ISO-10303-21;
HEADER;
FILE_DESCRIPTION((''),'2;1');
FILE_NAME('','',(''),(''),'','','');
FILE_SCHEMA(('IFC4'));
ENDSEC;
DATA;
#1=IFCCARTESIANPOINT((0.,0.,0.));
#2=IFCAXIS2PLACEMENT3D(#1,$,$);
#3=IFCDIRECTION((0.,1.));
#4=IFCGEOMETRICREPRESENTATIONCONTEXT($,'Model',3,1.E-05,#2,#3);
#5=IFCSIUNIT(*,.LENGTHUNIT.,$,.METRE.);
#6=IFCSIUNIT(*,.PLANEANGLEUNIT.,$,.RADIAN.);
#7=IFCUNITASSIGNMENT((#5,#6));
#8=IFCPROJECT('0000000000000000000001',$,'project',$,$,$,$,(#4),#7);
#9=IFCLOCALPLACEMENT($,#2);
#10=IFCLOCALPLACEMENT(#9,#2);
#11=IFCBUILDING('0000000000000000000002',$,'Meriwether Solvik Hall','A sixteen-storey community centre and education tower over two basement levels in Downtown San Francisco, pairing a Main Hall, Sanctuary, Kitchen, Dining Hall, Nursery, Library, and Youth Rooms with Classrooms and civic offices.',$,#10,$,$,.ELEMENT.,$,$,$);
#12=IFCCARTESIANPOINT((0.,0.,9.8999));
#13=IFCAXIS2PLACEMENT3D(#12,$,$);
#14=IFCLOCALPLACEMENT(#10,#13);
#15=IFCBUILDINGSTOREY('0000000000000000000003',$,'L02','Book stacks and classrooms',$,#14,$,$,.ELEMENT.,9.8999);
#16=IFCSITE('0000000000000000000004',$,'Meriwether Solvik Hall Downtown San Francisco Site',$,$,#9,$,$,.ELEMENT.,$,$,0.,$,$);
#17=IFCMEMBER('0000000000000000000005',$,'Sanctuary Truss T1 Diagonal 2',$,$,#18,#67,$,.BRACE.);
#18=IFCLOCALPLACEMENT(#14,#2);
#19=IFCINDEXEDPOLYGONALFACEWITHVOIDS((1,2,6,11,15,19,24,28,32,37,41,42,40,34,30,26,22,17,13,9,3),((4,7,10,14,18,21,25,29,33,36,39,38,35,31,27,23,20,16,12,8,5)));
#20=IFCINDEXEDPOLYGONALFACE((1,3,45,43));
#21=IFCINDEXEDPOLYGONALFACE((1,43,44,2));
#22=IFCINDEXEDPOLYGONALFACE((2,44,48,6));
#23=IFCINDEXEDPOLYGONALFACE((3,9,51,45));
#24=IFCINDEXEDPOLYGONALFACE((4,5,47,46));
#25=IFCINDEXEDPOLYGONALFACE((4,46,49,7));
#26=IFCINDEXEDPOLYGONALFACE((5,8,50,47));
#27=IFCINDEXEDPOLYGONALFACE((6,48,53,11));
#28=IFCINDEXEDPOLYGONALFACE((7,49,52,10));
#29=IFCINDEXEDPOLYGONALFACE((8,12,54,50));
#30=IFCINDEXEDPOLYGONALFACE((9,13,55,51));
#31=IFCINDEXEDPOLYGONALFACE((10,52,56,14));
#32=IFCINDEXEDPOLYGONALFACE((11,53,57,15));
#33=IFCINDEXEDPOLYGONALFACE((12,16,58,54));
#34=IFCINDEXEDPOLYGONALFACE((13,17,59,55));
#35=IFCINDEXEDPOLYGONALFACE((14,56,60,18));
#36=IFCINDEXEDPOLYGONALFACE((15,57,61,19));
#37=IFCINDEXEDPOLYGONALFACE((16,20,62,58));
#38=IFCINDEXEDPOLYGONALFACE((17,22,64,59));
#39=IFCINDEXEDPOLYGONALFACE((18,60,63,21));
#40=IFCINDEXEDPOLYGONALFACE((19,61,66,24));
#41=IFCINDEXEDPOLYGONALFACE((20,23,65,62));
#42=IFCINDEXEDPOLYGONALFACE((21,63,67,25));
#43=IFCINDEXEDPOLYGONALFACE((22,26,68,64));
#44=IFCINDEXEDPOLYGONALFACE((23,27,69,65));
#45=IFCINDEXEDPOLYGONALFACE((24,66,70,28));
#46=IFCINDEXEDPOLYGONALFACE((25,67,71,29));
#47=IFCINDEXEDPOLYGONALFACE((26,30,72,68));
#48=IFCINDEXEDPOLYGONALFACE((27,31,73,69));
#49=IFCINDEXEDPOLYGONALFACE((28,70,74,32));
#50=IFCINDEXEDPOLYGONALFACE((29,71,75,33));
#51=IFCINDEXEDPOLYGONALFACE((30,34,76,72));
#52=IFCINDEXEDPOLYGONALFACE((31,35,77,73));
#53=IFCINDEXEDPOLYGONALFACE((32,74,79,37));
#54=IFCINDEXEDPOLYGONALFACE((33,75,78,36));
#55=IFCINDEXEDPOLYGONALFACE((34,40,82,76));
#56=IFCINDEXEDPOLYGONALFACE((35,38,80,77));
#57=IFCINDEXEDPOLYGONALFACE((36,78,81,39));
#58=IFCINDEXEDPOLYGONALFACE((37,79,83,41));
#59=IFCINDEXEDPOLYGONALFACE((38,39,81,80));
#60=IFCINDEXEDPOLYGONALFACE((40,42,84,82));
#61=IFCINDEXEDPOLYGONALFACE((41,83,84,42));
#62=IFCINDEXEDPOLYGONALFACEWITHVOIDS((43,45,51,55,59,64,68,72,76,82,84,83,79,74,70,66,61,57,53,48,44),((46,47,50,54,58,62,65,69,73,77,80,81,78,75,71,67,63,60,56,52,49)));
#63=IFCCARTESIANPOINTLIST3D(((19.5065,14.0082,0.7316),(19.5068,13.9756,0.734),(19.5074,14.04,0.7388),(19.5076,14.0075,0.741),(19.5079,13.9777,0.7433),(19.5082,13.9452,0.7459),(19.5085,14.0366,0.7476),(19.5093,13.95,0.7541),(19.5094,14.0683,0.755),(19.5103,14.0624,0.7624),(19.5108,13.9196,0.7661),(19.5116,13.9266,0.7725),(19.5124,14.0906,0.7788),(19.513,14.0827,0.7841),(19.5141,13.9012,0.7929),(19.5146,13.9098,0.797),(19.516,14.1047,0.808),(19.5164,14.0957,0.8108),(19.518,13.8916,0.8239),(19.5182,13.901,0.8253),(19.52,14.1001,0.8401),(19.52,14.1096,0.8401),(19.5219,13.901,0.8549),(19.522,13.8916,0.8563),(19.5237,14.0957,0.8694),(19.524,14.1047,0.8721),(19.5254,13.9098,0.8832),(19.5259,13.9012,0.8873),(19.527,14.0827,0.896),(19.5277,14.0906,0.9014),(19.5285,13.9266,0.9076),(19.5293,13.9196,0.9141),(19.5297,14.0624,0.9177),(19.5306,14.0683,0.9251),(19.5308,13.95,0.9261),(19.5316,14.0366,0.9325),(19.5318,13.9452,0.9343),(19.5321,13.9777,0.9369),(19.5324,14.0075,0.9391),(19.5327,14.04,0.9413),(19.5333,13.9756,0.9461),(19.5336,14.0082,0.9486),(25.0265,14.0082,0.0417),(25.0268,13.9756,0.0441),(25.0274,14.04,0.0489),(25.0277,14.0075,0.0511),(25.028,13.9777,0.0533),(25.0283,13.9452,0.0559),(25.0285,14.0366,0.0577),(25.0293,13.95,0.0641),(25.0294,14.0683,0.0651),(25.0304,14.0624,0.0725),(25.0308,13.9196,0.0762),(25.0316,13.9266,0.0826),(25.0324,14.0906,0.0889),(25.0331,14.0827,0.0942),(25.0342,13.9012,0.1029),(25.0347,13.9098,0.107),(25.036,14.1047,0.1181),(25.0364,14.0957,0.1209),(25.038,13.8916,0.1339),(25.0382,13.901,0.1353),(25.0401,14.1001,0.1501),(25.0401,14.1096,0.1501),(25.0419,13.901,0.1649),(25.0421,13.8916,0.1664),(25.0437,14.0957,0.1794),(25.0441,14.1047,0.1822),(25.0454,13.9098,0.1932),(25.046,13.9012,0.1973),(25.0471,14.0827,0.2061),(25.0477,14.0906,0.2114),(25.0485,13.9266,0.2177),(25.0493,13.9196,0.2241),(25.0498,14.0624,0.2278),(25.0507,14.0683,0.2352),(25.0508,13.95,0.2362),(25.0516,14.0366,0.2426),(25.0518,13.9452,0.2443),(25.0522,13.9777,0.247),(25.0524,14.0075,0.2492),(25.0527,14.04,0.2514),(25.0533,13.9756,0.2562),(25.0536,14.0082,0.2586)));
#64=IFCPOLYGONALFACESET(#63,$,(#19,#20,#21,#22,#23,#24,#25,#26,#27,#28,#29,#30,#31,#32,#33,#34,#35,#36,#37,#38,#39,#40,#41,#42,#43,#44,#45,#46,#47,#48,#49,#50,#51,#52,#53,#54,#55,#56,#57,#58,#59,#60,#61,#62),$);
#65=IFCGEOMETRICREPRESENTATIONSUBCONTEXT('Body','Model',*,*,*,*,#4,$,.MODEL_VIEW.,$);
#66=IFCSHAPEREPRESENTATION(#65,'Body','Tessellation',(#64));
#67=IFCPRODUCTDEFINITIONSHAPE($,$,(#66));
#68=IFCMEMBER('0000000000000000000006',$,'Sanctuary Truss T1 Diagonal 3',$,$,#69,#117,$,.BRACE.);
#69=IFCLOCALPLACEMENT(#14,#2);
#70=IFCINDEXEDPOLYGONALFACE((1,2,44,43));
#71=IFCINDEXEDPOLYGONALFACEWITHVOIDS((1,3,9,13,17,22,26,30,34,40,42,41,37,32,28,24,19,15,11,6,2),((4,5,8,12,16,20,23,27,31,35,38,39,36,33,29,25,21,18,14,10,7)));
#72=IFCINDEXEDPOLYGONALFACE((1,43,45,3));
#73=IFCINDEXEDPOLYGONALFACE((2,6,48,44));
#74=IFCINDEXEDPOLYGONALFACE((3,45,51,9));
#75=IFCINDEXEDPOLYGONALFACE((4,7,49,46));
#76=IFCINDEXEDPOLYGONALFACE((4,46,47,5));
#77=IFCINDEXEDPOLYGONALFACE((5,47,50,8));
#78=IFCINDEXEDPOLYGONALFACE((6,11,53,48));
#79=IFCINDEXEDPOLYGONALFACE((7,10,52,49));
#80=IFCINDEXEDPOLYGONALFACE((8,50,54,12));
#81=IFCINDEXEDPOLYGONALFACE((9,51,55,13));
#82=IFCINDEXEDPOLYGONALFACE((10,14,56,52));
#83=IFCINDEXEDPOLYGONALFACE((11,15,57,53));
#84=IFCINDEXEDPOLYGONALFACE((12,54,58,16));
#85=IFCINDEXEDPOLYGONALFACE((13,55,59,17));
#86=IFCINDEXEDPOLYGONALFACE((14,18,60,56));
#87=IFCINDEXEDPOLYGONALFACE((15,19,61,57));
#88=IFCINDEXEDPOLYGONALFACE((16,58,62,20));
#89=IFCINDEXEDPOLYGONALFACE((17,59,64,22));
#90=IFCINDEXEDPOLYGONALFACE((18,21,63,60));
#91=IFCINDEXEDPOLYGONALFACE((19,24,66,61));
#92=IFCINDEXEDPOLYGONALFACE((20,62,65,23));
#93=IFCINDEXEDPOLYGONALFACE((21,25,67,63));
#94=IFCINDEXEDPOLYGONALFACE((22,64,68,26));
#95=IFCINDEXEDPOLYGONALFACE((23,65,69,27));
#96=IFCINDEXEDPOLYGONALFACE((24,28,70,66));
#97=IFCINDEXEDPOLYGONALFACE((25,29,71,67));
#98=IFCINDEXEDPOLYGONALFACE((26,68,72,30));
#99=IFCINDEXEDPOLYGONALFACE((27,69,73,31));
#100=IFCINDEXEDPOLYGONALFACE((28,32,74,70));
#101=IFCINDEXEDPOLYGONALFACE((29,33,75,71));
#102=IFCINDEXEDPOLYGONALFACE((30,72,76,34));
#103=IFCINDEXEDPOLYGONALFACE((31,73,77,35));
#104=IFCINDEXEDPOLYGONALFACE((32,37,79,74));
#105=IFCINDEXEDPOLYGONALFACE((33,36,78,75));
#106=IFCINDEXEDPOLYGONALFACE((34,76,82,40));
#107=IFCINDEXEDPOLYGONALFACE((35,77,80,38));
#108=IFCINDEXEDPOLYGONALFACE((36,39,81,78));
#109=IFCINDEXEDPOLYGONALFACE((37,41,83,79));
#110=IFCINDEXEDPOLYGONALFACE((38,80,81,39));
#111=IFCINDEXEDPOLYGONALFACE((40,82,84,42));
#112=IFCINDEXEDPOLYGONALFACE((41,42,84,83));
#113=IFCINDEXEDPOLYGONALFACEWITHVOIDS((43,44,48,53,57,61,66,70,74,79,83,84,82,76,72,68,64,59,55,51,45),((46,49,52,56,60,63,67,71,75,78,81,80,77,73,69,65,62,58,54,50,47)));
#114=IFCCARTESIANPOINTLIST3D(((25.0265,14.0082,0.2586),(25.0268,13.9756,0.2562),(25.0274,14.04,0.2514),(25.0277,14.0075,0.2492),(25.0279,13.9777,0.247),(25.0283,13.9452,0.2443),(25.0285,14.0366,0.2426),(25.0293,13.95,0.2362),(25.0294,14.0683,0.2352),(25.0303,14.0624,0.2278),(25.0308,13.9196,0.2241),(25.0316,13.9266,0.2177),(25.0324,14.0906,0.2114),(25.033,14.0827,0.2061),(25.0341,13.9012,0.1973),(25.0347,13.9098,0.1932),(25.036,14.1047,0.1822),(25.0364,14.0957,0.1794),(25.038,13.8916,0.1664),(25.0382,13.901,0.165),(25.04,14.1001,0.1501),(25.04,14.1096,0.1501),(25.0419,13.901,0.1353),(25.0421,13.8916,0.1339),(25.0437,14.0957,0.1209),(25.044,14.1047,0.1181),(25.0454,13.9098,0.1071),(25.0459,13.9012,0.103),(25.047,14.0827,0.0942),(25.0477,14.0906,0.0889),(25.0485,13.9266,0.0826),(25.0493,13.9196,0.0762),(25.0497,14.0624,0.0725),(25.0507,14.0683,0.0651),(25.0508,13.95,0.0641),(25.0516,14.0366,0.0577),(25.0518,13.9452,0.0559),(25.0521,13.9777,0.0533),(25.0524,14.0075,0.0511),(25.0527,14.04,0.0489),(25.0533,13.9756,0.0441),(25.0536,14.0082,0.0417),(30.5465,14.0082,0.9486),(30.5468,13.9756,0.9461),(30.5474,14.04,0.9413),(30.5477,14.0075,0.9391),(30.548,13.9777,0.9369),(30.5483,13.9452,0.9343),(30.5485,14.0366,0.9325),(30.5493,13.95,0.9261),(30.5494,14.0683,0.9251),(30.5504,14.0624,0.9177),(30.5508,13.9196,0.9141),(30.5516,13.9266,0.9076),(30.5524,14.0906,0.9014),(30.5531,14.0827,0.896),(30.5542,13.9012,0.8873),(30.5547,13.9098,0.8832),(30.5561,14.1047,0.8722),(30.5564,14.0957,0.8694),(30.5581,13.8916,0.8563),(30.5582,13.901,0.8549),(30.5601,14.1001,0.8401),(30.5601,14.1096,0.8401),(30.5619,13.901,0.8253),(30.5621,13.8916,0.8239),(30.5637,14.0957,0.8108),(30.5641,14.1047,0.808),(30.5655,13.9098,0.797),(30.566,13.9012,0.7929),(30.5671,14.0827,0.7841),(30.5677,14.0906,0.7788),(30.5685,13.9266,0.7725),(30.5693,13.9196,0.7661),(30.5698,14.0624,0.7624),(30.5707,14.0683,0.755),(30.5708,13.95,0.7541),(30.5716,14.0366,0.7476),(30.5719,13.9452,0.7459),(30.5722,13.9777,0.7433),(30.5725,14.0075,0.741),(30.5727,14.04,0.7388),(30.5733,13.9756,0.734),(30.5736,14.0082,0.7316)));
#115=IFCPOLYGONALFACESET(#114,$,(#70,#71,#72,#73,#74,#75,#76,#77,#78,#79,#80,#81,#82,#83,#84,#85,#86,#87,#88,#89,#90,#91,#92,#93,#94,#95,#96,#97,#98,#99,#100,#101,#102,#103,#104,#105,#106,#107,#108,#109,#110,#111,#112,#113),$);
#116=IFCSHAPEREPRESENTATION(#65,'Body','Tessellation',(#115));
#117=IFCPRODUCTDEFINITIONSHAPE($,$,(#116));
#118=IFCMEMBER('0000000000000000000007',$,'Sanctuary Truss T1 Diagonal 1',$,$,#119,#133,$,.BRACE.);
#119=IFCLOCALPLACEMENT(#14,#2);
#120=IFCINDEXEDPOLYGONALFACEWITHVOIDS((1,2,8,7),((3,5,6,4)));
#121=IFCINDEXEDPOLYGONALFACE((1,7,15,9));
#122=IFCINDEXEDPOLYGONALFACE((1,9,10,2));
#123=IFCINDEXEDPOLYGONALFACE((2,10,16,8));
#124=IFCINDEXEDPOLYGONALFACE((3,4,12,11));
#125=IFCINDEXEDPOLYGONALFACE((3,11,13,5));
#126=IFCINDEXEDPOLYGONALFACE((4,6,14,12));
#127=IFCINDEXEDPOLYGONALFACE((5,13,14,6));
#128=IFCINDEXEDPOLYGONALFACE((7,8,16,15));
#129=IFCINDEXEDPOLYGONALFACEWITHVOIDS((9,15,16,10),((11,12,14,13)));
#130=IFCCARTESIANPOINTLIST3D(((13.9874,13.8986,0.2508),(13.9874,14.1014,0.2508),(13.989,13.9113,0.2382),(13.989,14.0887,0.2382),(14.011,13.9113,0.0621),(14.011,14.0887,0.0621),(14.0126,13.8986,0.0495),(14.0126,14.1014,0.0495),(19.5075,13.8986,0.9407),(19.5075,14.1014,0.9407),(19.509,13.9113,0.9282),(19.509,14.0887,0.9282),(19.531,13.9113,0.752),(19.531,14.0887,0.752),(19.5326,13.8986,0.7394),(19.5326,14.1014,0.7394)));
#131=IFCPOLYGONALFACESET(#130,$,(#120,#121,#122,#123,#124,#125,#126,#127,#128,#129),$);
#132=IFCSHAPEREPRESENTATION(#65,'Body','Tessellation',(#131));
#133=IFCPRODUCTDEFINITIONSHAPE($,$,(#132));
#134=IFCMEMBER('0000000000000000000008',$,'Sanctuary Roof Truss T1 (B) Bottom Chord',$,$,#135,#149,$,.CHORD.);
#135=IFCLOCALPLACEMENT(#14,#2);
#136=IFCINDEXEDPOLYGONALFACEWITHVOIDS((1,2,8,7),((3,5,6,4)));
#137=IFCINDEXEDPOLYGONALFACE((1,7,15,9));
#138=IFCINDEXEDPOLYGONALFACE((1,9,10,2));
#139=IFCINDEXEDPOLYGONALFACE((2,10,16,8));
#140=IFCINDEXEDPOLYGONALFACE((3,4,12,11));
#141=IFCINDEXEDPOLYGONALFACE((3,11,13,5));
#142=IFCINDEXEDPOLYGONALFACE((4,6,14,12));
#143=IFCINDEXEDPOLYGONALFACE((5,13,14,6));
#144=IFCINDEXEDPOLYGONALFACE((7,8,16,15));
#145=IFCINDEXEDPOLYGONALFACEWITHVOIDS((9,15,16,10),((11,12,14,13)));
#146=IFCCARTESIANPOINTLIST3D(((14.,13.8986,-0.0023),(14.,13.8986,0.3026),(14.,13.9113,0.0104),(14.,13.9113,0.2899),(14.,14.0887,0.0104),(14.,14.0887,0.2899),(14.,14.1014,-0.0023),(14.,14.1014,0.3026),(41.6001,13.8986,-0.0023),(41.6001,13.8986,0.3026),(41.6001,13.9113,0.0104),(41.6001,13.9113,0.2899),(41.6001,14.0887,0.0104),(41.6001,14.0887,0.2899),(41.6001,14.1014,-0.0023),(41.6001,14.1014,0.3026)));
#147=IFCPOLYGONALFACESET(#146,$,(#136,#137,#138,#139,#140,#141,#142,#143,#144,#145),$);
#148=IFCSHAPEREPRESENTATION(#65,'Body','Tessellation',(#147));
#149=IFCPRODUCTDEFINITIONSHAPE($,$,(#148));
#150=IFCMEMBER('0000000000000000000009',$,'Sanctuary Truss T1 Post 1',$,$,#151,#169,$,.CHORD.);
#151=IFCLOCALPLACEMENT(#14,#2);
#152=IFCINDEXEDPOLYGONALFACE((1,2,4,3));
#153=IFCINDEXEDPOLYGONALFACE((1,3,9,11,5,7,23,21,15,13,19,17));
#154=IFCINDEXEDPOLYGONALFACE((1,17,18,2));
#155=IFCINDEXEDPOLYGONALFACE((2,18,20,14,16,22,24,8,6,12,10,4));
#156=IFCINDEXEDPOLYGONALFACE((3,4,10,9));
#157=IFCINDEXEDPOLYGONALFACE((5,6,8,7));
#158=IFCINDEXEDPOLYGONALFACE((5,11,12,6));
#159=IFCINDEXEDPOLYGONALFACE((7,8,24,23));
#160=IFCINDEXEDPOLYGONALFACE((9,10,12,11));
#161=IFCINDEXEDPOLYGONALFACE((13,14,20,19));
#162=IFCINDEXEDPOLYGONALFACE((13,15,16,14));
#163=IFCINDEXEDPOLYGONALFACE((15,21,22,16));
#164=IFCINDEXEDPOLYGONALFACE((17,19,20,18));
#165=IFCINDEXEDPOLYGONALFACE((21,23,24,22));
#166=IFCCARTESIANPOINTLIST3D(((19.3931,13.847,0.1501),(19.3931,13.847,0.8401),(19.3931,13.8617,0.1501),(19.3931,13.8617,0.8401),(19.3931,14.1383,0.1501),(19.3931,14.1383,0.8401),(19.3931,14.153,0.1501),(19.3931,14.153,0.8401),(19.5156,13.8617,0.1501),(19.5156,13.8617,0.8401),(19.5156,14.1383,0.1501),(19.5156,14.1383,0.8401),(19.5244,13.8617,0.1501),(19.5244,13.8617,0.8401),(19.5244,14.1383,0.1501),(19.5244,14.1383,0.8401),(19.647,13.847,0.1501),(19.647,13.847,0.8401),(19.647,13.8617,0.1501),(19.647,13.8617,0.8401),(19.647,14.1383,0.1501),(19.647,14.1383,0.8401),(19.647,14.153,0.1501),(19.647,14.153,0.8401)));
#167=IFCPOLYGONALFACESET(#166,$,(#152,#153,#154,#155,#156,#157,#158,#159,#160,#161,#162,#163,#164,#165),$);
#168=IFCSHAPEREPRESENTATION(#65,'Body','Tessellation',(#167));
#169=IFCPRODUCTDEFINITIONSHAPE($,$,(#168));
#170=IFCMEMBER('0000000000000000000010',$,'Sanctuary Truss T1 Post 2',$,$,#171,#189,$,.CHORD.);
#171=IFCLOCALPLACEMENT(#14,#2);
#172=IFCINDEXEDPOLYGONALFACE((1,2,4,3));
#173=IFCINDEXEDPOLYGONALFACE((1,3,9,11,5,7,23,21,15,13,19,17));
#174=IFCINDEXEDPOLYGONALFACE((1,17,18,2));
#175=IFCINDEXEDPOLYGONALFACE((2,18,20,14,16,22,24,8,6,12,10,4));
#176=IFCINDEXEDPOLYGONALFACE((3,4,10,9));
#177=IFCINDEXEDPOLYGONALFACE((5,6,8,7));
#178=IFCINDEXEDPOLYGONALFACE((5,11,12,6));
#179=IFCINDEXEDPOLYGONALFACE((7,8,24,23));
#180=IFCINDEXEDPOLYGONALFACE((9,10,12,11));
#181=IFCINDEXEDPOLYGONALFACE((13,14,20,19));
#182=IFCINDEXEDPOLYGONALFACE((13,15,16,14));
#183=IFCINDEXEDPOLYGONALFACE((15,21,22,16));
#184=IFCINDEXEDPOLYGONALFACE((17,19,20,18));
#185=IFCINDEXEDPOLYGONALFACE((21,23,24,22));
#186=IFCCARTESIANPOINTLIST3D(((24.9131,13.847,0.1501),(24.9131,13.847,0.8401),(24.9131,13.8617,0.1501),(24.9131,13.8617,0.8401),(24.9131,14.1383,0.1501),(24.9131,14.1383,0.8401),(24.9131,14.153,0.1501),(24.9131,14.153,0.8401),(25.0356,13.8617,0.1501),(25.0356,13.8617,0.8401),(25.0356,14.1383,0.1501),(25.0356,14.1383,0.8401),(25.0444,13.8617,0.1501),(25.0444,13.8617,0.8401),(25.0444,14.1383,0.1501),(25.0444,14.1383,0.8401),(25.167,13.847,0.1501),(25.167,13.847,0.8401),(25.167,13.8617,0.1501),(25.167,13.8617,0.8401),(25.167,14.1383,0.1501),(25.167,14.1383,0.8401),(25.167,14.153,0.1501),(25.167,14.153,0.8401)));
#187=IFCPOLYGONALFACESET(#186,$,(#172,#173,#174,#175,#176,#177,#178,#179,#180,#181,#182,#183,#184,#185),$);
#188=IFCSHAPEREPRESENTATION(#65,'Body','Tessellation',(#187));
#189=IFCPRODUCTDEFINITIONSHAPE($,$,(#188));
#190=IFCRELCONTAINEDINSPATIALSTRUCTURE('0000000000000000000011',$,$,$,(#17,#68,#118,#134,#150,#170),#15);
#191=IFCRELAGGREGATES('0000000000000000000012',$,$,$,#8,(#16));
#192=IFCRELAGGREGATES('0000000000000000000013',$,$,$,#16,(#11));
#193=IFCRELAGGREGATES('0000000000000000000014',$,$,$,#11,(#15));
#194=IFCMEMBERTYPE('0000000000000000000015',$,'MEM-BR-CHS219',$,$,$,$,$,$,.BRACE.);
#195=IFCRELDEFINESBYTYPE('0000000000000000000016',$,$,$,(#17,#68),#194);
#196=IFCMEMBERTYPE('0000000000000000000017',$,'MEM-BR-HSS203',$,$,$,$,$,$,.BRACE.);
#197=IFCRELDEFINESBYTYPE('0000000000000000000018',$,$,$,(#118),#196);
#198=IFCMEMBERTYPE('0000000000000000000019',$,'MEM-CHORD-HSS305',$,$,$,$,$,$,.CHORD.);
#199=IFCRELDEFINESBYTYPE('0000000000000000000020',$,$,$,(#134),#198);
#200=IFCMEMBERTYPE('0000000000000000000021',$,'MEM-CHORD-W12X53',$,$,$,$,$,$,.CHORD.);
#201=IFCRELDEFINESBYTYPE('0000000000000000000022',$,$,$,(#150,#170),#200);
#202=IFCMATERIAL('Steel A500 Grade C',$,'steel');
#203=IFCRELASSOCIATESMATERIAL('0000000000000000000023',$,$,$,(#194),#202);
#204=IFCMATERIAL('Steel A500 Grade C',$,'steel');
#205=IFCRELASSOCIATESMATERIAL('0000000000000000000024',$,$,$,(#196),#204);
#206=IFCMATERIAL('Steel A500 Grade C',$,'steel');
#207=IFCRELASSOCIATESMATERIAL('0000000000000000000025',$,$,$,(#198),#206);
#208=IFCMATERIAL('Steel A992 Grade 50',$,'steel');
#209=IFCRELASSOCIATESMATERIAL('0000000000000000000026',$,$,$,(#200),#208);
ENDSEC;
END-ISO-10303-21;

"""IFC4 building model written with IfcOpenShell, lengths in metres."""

from ifc_helpers import new_model, si_unit, direction, frame, origin, origin_2d, place, context, subcontext, project, spatial, hollow_rectangle, hollow_circle, i_section, extrude, material, material_profile, profile_set, type_object, element, save


model = new_model("IFC4")

# Units and contexts
model_context = context("Model", 3, precision=1e-05, world=origin(), true_north=direction((0.0, 1.0)))
body_context = subcontext(model_context, "Body", "Model", "MODEL_VIEW")
ifc_project = project(units=[si_unit("LENGTHUNIT", "METRE"), si_unit("PLANEANGLEUNIT", "RADIAN")], contexts=[model_context])

# Site, building, storey
site_placement = place(None, origin())
site = spatial("IfcSite", under=ifc_project, at=site_placement, Name="Meriwether Solvik Hall Downtown San Francisco Site", CompositionType="ELEMENT", RefElevation=0.0)
building_placement = place(site_placement, origin())
building = spatial("IfcBuilding", under=site, at=building_placement, Name="Meriwether Solvik Hall", Description="A sixteen-storey community centre and education tower over two basement levels in Downtown San Francisco, pairing a Main Hall, Sanctuary, Kitchen, Dining Hall, Nursery, Library, and Youth Rooms with Classrooms and civic offices.", CompositionType="ELEMENT")
storey_placement = place(building_placement, frame((0.0, 0.0, 9.8999)))
storey = spatial("IfcBuildingStorey", under=building, at=storey_placement, Name="L02", Description="Book stacks and classrooms", CompositionType="ELEMENT", Elevation=9.8999)

# Members
ifc_material_1 = material(Name="Steel A500 Grade C", Category="steel")
ifc_material_profile_1 = material_profile(ifc_material_1, hollow_circle(Radius=0.1096, WallThickness=0.0095, at=origin_2d()), Name="CHS219X9.5")
ifc_profile_set_1 = profile_set([ifc_material_profile_1], Name="Steel A500 Grade C")
member_type_1 = type_object("IfcMemberType", Name="MEM-BR-CHS219", PredefinedType="BRACE", material=ifc_profile_set_1)
for number, where, z_axis, x_axis, name in (
    (1, (19.52, 14.0, 0.8401), (0.992279, 0.0, -0.124024), (0.0, 1.0, 0.0), "Sanctuary Truss T1 Diagonal 2"),
    (2, (25.04, 14.0, 0.1501), (0.992279, 0.0, 0.124024), (0.0, 1.0, 0.0), "Sanctuary Truss T1 Diagonal 3"),
):
    element("IfcMember", number, at=place(storey_placement, frame(where, z_axis=z_axis, x_axis=x_axis)), inside=storey, type_object=member_type_1, Name=name, PredefinedType="BRACE", context=body_context, shape_type="SweptSolid", body=[
        extrude(hollow_circle(Radius=0.1096, WallThickness=0.0095, at=origin_2d()), origin(), (0.0, 0.0, 1.0), 5.563),
    ])
ifc_material_2 = material(Name="Steel A500 Grade C", Category="steel")
ifc_material_profile_2 = material_profile(ifc_material_2, hollow_rectangle(XDim=0.2029, YDim=0.2029, WallThickness=0.0127, at=origin_2d()), Name="HSS203X203X12.7")
ifc_profile_set_2 = profile_set([ifc_material_profile_2], Name="Steel A500 Grade C")
member_type_2 = type_object("IfcMemberType", Name="MEM-BR-HSS203", PredefinedType="BRACE", material=ifc_profile_set_2)
member_1_placement = place(storey_placement, frame((14.0, 14.0, 0.1501), z_axis=(0.992279, 0.0, 0.124024), x_axis=(0.0, 1.0, 0.0)))
element("IfcMember", 3, at=member_1_placement, inside=storey, type_object=member_type_2, Name="Sanctuary Truss T1 Diagonal 1", PredefinedType="BRACE", context=body_context, shape_type="SweptSolid", body=[
    extrude(hollow_rectangle(XDim=0.2029, YDim=0.2029, WallThickness=0.0127, at=origin_2d()), origin(), (0.0, 0.0, 1.0), 5.563),
])
ifc_material_3 = material(Name="Steel A500 Grade C", Category="steel")
ifc_material_profile_3 = material_profile(ifc_material_3, hollow_rectangle(XDim=0.2029, YDim=0.3049, WallThickness=0.0127, at=origin_2d()), Name="HSS305X203X12.7")
ifc_profile_set_3 = profile_set([ifc_material_profile_3], Name="Steel A500 Grade C")
member_type_3 = type_object("IfcMemberType", Name="MEM-CHORD-HSS305", PredefinedType="CHORD", material=ifc_profile_set_3)
member_2_placement = place(storey_placement, frame((14.0, 14.0, 0.1501), z_axis=(1.0, 0.0, 0.0), x_axis=(0.0, 1.0, 0.0)))
element("IfcMember", 4, at=member_2_placement, inside=storey, type_object=member_type_3, Name="Sanctuary Roof Truss T1 (B) Bottom Chord", PredefinedType="CHORD", context=body_context, shape_type="SweptSolid", body=[
    extrude(hollow_rectangle(XDim=0.2029, YDim=0.3049, WallThickness=0.0127, at=origin_2d()), origin(), (0.0, 0.0, 1.0), 27.6001),
])
ifc_material_4 = material(Name="Steel A992 Grade 50", Category="steel")
ifc_material_profile_4 = material_profile(ifc_material_4, i_section(OverallWidth=0.2539, OverallDepth=0.3059, WebThickness=0.0088, FlangeThickness=0.0146, at=origin_2d()), Name="W12X53")
ifc_profile_set_4 = profile_set([ifc_material_profile_4], Name="Steel A992 Grade 50")
member_type_4 = type_object("IfcMemberType", Name="MEM-CHORD-W12X53", PredefinedType="CHORD", material=ifc_profile_set_4)
for number, where, z_axis, x_axis, name in (
    (5, (19.52, 14.0, 0.1501), (0.0, 0.0, 1.0), (1.0, 0.0, 0.0), "Sanctuary Truss T1 Post 1"),
    (6, (25.04, 14.0, 0.1501), (0.0, 0.0, 1.0), (1.0, 0.0, 0.0), "Sanctuary Truss T1 Post 2"),
):
    element("IfcMember", number, at=place(storey_placement, frame(where, z_axis=z_axis, x_axis=x_axis)), inside=storey, type_object=member_type_4, Name=name, PredefinedType="CHORD", context=body_context, shape_type="SweptSolid", body=[
        extrude(i_section(OverallWidth=0.2539, OverallDepth=0.3059, WebThickness=0.0088, FlangeThickness=0.0146, at=origin_2d()), origin(), (0.0, 0.0, 1.0), 0.6899),
    ])

save(model, "model.ifc")
